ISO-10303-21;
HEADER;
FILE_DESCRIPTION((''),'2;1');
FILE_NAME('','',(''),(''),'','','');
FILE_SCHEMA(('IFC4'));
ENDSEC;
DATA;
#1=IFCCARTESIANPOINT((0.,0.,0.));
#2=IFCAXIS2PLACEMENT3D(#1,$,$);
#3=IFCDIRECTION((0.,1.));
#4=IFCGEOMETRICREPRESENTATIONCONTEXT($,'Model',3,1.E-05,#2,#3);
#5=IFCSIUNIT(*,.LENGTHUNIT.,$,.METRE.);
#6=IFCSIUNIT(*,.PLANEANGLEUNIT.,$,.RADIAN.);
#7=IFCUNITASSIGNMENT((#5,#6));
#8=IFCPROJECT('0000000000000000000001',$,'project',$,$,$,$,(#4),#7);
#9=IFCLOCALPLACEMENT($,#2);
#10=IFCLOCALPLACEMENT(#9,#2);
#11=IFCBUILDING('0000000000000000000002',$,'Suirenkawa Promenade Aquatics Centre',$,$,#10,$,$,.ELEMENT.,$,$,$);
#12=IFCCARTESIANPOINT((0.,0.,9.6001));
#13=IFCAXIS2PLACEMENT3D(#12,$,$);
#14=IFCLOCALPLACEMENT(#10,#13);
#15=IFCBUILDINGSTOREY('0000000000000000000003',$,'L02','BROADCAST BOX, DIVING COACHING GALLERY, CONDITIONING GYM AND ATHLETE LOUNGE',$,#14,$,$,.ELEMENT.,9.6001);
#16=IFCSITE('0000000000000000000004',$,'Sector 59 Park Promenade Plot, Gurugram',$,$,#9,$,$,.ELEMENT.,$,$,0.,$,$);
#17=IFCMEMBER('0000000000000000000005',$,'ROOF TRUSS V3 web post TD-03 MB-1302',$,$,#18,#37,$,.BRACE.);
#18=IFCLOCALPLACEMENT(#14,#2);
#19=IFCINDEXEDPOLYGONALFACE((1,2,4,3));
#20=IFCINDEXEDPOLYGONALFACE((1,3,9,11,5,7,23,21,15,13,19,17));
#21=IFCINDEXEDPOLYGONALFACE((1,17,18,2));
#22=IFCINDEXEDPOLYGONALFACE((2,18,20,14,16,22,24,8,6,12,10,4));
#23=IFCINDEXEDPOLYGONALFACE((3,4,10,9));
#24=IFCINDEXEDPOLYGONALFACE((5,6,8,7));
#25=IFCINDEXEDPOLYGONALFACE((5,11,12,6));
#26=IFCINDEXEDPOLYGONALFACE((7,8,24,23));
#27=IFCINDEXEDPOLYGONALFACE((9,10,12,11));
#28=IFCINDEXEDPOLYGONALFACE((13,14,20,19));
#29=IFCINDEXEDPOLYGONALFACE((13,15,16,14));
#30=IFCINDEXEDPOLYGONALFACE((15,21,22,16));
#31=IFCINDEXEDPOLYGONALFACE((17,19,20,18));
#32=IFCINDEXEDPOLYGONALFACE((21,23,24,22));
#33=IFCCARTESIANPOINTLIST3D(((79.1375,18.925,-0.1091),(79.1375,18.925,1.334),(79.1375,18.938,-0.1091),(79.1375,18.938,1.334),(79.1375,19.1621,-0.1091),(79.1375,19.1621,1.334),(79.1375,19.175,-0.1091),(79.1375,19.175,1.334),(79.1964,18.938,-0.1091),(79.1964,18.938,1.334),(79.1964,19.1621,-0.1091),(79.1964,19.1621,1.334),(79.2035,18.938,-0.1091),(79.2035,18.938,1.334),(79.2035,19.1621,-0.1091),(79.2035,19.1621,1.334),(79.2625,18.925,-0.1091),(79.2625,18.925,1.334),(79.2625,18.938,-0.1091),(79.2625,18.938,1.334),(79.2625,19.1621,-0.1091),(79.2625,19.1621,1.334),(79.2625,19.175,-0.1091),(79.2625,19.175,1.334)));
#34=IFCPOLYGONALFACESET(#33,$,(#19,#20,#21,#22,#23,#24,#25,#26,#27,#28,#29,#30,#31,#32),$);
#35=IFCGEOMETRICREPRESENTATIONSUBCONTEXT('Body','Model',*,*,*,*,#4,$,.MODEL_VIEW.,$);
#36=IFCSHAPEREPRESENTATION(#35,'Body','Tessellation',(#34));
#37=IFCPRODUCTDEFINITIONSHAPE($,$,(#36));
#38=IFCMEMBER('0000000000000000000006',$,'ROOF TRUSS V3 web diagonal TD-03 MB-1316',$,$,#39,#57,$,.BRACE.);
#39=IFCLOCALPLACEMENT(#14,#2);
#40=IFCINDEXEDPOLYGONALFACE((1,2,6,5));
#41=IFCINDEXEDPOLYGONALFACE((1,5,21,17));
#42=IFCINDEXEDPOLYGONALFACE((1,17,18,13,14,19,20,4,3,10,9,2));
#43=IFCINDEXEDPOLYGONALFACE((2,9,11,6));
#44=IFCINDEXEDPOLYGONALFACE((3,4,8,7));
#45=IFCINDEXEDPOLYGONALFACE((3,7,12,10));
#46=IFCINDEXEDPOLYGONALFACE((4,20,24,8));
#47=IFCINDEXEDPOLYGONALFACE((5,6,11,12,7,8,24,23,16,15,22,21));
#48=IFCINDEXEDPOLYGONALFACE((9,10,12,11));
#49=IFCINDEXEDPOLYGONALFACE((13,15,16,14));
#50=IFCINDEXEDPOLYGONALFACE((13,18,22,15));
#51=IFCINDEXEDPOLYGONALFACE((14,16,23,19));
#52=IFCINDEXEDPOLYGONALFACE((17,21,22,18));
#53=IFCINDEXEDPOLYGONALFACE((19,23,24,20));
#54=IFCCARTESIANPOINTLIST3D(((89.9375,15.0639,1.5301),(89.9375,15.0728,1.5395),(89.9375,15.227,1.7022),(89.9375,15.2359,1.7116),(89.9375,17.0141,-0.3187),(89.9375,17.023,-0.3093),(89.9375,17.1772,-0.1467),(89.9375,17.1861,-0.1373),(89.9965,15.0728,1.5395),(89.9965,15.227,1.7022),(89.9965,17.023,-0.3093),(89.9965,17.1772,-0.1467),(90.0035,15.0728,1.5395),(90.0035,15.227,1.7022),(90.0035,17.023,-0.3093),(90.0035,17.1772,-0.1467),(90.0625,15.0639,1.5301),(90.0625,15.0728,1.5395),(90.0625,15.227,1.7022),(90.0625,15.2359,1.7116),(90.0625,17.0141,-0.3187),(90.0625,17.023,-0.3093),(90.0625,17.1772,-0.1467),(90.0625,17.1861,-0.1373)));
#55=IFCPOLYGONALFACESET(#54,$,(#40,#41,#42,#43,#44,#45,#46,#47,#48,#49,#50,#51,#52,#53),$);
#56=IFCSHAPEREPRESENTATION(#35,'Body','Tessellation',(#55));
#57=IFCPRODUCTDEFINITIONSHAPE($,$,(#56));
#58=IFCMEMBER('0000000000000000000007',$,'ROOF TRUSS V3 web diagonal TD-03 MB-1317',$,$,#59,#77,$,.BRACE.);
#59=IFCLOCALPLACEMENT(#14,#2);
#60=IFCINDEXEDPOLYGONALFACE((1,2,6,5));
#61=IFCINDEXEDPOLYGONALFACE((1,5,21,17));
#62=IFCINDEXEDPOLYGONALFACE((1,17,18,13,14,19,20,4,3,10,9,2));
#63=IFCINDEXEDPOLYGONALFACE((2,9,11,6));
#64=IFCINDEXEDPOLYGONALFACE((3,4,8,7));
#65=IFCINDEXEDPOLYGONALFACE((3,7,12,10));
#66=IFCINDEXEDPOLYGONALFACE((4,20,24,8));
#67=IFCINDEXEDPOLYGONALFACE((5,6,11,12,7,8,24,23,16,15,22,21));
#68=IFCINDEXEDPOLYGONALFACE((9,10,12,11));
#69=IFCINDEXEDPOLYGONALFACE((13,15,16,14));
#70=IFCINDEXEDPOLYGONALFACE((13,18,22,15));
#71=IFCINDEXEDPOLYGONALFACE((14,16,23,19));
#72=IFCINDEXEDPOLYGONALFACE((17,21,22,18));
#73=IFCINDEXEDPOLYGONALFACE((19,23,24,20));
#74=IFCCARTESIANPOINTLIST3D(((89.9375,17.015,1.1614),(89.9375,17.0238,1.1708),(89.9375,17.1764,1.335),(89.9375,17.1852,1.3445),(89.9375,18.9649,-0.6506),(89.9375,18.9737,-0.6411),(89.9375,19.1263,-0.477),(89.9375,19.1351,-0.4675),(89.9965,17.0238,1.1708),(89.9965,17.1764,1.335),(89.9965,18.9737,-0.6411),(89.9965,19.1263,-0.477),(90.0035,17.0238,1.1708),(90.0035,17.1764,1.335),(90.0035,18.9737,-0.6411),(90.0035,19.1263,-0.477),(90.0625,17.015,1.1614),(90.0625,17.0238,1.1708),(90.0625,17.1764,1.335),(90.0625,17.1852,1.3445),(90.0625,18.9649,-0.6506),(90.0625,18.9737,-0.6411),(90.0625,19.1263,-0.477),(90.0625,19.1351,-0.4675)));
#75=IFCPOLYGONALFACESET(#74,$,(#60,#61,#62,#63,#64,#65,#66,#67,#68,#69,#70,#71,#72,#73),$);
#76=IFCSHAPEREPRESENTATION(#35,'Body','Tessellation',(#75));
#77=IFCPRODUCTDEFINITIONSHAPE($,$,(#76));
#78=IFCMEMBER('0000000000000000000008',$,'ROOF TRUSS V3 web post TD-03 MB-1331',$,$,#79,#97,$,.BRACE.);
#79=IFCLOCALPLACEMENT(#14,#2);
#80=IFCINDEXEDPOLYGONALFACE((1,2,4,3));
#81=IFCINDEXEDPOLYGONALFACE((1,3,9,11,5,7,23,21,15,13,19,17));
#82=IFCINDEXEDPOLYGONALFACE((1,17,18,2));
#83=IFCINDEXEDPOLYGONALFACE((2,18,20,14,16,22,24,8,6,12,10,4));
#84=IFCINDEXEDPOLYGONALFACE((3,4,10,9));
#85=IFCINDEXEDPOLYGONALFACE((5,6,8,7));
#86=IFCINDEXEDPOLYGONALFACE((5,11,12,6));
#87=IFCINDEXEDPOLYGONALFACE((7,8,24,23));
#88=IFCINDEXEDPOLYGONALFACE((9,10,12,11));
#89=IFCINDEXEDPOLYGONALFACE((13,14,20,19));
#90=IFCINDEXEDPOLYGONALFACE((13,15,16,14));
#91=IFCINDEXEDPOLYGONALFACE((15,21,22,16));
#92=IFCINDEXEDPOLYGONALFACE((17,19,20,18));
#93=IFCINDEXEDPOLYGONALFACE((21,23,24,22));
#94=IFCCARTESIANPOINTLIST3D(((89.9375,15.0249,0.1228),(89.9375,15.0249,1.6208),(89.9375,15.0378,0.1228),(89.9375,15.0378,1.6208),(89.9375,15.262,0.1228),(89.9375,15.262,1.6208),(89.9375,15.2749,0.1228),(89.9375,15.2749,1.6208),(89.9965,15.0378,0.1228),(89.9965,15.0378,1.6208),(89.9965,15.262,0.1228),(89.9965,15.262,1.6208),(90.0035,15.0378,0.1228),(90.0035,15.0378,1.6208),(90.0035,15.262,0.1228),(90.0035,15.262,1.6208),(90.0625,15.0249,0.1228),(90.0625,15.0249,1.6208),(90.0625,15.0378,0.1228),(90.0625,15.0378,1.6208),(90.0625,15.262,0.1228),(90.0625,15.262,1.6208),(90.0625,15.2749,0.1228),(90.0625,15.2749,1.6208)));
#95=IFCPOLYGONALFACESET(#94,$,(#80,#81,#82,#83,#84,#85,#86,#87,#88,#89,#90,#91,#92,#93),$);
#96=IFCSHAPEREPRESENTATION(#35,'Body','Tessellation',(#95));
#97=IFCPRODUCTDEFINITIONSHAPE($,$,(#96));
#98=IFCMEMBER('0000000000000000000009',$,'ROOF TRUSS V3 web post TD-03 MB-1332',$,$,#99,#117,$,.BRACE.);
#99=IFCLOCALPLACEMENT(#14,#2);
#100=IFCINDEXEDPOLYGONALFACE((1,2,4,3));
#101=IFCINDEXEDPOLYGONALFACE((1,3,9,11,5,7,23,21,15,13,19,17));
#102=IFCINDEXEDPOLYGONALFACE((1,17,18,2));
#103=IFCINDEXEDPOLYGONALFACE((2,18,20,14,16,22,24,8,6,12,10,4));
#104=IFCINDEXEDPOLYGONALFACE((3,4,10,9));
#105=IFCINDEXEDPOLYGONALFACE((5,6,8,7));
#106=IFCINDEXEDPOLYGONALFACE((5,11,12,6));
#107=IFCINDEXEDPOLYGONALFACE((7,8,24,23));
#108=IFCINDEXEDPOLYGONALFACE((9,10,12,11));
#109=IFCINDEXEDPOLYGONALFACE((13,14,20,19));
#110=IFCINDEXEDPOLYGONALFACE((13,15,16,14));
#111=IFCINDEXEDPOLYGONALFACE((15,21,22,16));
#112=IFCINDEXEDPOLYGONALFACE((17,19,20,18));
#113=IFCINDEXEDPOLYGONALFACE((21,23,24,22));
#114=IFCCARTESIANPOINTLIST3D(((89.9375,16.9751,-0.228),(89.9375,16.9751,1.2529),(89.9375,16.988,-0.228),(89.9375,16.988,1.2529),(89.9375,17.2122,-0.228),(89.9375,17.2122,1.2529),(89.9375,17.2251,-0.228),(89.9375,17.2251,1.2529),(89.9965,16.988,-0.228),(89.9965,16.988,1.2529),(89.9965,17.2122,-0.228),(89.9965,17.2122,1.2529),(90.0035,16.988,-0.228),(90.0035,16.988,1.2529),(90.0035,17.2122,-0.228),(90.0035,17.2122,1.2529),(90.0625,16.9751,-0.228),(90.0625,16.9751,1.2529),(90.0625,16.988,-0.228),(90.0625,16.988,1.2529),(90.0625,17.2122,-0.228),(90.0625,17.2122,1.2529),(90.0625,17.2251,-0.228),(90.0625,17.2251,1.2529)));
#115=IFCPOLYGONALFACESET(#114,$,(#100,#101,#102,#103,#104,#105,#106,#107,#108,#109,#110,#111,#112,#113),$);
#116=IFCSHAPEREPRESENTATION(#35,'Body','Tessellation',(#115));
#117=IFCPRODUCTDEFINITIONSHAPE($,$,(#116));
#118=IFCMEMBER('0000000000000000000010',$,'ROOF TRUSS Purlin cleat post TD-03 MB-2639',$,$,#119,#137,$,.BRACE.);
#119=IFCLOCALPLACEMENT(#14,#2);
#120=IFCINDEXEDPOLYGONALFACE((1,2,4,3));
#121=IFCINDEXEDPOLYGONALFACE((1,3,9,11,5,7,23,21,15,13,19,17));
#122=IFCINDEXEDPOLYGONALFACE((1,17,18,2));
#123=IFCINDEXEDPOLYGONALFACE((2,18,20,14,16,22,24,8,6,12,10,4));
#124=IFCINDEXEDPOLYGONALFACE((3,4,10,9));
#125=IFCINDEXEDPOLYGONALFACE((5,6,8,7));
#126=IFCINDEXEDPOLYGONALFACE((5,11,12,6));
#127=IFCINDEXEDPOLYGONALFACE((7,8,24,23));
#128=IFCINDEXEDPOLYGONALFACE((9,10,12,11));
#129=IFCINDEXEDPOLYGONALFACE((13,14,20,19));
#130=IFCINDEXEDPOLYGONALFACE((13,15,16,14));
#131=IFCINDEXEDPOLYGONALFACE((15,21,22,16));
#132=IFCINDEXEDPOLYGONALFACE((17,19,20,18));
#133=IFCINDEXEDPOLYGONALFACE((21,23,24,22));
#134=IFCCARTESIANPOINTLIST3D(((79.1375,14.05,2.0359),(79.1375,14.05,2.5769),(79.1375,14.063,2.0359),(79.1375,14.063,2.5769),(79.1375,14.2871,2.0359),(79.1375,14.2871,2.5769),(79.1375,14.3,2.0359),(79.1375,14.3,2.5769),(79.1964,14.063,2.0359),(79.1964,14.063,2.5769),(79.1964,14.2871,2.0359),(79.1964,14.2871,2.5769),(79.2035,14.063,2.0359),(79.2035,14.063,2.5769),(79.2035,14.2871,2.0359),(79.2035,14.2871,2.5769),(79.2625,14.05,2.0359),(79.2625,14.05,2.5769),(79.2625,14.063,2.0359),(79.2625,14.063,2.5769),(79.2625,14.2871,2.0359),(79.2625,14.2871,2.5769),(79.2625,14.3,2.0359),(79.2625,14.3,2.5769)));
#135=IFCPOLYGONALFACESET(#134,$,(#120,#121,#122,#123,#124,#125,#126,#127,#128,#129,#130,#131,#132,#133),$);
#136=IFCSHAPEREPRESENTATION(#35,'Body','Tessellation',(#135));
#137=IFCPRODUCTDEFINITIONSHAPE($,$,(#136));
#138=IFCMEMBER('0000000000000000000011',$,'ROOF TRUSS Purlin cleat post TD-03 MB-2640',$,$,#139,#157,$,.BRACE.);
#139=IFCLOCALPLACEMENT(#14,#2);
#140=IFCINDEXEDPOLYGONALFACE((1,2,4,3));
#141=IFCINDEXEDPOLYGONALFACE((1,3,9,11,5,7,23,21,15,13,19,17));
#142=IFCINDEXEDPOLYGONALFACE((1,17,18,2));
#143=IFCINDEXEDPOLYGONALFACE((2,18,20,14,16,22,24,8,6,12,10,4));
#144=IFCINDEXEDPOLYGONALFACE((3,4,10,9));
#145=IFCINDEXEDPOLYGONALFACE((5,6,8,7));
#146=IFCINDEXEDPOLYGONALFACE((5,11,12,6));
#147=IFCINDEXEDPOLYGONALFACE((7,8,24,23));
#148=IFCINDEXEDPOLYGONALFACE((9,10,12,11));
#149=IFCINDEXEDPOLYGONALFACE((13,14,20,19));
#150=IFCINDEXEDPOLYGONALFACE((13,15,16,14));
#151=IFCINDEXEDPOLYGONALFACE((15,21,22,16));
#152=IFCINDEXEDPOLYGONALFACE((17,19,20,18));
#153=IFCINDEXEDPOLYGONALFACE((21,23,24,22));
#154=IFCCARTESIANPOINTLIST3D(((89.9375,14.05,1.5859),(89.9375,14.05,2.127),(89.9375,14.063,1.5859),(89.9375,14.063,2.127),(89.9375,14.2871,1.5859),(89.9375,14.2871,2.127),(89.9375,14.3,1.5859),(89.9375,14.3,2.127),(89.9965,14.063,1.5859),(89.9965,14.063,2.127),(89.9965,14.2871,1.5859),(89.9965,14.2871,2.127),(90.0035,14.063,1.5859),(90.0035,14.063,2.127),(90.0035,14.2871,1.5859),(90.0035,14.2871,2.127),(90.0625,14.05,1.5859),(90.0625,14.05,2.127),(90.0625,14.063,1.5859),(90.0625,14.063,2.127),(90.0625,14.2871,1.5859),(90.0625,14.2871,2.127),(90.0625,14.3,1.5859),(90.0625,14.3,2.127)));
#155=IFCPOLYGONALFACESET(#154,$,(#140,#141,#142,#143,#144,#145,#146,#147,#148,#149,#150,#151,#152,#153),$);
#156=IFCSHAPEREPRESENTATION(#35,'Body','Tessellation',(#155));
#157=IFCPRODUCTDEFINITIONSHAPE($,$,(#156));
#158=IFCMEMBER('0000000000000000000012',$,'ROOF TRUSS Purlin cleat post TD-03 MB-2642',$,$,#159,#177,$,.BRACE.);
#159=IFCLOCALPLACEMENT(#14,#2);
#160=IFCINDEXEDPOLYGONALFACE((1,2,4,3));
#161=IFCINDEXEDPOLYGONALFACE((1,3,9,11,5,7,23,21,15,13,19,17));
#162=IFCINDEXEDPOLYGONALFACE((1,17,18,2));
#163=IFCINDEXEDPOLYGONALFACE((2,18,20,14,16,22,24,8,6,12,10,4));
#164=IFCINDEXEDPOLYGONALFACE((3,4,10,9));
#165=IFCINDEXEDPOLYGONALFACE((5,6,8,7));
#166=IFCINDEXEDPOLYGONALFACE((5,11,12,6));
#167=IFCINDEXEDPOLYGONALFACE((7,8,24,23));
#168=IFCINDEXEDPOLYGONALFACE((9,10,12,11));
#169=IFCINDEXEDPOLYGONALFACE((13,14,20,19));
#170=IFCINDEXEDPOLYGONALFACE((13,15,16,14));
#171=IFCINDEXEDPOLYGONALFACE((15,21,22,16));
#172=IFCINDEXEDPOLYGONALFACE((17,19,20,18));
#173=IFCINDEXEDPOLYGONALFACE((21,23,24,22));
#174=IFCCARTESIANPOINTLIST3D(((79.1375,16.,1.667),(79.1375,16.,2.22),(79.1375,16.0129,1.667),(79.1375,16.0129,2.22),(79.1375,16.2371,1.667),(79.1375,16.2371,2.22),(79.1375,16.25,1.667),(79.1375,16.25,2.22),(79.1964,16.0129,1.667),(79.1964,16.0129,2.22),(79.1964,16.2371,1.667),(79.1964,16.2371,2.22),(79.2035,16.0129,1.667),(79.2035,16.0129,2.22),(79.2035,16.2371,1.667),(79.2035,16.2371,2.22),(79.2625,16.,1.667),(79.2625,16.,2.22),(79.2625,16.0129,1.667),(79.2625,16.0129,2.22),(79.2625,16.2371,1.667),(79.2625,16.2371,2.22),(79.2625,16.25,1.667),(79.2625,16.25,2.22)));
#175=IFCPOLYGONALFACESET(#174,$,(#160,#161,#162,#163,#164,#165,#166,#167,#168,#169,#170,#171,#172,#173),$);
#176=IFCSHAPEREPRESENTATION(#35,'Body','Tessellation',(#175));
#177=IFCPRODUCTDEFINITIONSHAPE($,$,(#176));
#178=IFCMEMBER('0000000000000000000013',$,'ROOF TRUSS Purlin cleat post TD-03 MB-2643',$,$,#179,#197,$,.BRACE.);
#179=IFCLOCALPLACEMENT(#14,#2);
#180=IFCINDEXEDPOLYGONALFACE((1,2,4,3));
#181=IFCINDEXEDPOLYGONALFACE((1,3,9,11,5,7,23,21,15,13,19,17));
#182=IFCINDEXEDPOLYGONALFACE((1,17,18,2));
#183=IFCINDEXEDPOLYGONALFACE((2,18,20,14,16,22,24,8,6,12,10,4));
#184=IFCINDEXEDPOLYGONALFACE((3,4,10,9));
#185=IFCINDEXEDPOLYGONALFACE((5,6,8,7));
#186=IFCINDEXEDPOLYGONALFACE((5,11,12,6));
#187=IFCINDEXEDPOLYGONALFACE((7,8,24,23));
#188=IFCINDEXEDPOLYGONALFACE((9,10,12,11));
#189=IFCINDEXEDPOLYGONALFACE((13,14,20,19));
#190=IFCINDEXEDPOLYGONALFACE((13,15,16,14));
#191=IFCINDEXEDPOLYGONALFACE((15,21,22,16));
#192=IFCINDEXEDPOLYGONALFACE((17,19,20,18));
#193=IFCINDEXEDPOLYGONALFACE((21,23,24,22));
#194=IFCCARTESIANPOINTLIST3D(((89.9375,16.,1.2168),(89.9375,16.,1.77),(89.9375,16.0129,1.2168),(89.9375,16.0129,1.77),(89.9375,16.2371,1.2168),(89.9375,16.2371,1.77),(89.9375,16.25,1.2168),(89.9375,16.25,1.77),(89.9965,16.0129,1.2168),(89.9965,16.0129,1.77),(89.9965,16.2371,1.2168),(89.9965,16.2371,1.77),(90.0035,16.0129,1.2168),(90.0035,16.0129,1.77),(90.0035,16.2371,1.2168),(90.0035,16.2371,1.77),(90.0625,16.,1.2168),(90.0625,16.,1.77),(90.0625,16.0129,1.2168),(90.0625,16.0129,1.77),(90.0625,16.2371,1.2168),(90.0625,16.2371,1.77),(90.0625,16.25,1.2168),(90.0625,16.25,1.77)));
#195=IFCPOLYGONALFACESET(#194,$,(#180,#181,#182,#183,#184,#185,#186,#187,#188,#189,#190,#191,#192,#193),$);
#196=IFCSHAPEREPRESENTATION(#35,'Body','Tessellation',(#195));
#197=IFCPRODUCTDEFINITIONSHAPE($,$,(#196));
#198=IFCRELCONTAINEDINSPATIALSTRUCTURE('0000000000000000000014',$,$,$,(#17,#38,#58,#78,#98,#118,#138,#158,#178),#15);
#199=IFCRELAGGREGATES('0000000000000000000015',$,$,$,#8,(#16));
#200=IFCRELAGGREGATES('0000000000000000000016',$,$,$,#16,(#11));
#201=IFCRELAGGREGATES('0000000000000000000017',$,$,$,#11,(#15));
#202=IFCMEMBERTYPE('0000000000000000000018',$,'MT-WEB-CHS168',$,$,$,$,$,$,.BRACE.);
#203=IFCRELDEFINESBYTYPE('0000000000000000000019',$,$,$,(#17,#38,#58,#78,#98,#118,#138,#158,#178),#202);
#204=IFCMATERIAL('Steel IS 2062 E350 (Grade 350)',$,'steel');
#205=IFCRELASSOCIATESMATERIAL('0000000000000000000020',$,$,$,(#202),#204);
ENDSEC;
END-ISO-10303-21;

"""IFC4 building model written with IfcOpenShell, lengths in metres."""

from ifc_helpers import new_model, si_unit, direction, frame, origin, origin_2d, place, context, subcontext, project, spatial, i_section, extrude, material, material_profile, profile_set, type_object, element, save


model = new_model("IFC4")

# Units and contexts
model_context = context("Model", 3, precision=1e-05, world=origin(), true_north=direction((0.0, 1.0)))
body_context = subcontext(model_context, "Body", "Model", "MODEL_VIEW")
ifc_project = project(units=[si_unit("LENGTHUNIT", "METRE"), si_unit("PLANEANGLEUNIT", "RADIAN")], contexts=[model_context])

# Site, building, storey
site_placement = place(None, origin())
site = spatial("IfcSite", under=ifc_project, at=site_placement, Name="Sector 59 Park Promenade Plot, Gurugram", CompositionType="ELEMENT", RefElevation=0.0)
building_placement = place(site_placement, origin())
building = spatial("IfcBuilding", under=site, at=building_placement, Name="Suirenkawa Promenade Aquatics Centre", CompositionType="ELEMENT")
storey_placement = place(building_placement, frame((0.0, 0.0, 9.6001)))
storey = spatial("IfcBuildingStorey", under=building, at=storey_placement, Name="L02", Description="BROADCAST BOX, DIVING COACHING GALLERY, CONDITIONING GYM AND ATHLETE LOUNGE", CompositionType="ELEMENT", Elevation=9.6001)

# Shared definitions
ifc_material = material(Name="Steel IS 2062 E350 (Grade 350)", Category="steel")

# Members
ifc_material_profile_1 = material_profile(ifc_material, i_section(OverallWidth=0.125, OverallDepth=0.25, WebThickness=0.0071, FlangeThickness=0.0129, at=origin_2d()), Name="ISMB 250", Category="steel")
ifc_profile_set_1 = profile_set([ifc_material_profile_1], Name="Steel IS 2062 E350 (Grade 350)")
member_type_1 = type_object("IfcMemberType", Name="MT-WEB-CHS168", PredefinedType="BRACE", material=ifc_profile_set_1)
member_1_placement = place(storey_placement, frame((79.2, 19.05, -0.1091), z_axis=(0.0, 0.0, 1.0), x_axis=(1.0, 0.0, 0.0)))
element("IfcMember", 1, at=member_1_placement, inside=storey, type_object=member_type_1, Name="ROOF TRUSS V3 web post TD-03 MB-1302", PredefinedType="BRACE", context=body_context, shape_type="SweptSolid", body=[
    extrude(i_section(OverallWidth=0.125, OverallDepth=0.25, WebThickness=0.0071, FlangeThickness=0.0129, at=origin_2d()), origin(), (0.0, 0.0, 1.0), 1.4431),
])
member_2_placement = place(storey_placement, frame((90.0, 15.1499, 1.6208), z_axis=(0.0, 0.725707, -0.688004), x_axis=(-1.0, 0.0, 0.0)))
element("IfcMember", 2, at=member_2_placement, inside=storey, type_object=member_type_1, Name="ROOF TRUSS V3 web diagonal TD-03 MB-1316", PredefinedType="BRACE", context=body_context, shape_type="SweptSolid", body=[
    extrude(i_section(OverallWidth=0.125, OverallDepth=0.25, WebThickness=0.0071, FlangeThickness=0.0129, at=origin_2d()), origin(), (0.0, 0.0, 1.0), 2.6873),
])
member_3_placement = place(storey_placement, frame((90.0, 17.1001, 1.2529), z_axis=(0.0, 0.732542, -0.680722), x_axis=(-1.0, 0.0, 0.0)))
element("IfcMember", 3, at=member_3_placement, inside=storey, type_object=member_type_1, Name="ROOF TRUSS V3 web diagonal TD-03 MB-1317", PredefinedType="BRACE", context=body_context, shape_type="SweptSolid", body=[
    extrude(i_section(OverallWidth=0.125, OverallDepth=0.25, WebThickness=0.0071, FlangeThickness=0.0129, at=origin_2d()), origin(), (0.0, 0.0, 1.0), 2.6619),
])
member_4_placement = place(storey_placement, frame((90.0, 15.1499, 0.1228), z_axis=(0.0, 0.0, 1.0), x_axis=(1.0, 0.0, 0.0)))
element("IfcMember", 4, at=member_4_placement, inside=storey, type_object=member_type_1, Name="ROOF TRUSS V3 web post TD-03 MB-1331", PredefinedType="BRACE", context=body_context, shape_type="SweptSolid", body=[
    extrude(i_section(OverallWidth=0.125, OverallDepth=0.25, WebThickness=0.0071, FlangeThickness=0.0129, at=origin_2d()), origin(), (0.0, 0.0, 1.0), 1.498),
])
member_5_placement = place(storey_placement, frame((90.0, 17.1001, -0.228), z_axis=(0.0, 0.0, 1.0), x_axis=(1.0, 0.0, 0.0)))
element("IfcMember", 5, at=member_5_placement, inside=storey, type_object=member_type_1, Name="ROOF TRUSS V3 web post TD-03 MB-1332", PredefinedType="BRACE", context=body_context, shape_type="SweptSolid", body=[
    extrude(i_section(OverallWidth=0.125, OverallDepth=0.25, WebThickness=0.0071, FlangeThickness=0.0129, at=origin_2d()), origin(), (0.0, 0.0, 1.0), 1.481),
])
for number, where, z_axis, x_axis, name in (
    (6, (79.2, 14.175, 2.0359), (0.0, 0.0, 1.0), (1.0, 0.0, 0.0), "ROOF TRUSS Purlin cleat post TD-03 MB-2639"),
    (7, (90.0, 14.175, 1.5859), (0.0, 0.0, 1.0), (1.0, 0.0, 0.0), "ROOF TRUSS Purlin cleat post TD-03 MB-2640"),
):
    element("IfcMember", number, at=place(storey_placement, frame(where, z_axis=z_axis, x_axis=x_axis)), inside=storey, type_object=member_type_1, Name=name, PredefinedType="BRACE", context=body_context, shape_type="SweptSolid", body=[
        extrude(i_section(OverallWidth=0.125, OverallDepth=0.25, WebThickness=0.0071, FlangeThickness=0.0129, at=origin_2d()), origin(), (0.0, 0.0, 1.0), 0.541),
    ])
member_6_placement = place(storey_placement, frame((79.2, 16.125, 1.667), z_axis=(0.0, 0.0, 1.0), x_axis=(1.0, 0.0, 0.0)))
element("IfcMember", 8, at=member_6_placement, inside=storey, type_object=member_type_1, Name="ROOF TRUSS Purlin cleat post TD-03 MB-2642", PredefinedType="BRACE", context=body_context, shape_type="SweptSolid", body=[
    extrude(i_section(OverallWidth=0.125, OverallDepth=0.25, WebThickness=0.0071, FlangeThickness=0.0129, at=origin_2d()), origin(), (0.0, 0.0, 1.0), 0.553),
])
member_7_placement = place(storey_placement, frame((90.0, 16.125, 1.2168), z_axis=(0.0, 0.0, 1.0), x_axis=(1.0, 0.0, 0.0)))
element("IfcMember", 9, at=member_7_placement, inside=storey, type_object=member_type_1, Name="ROOF TRUSS Purlin cleat post TD-03 MB-2643", PredefinedType="BRACE", context=body_context, shape_type="SweptSolid", body=[
    extrude(i_section(OverallWidth=0.125, OverallDepth=0.25, WebThickness=0.0071, FlangeThickness=0.0129, at=origin_2d()), origin(), (0.0, 0.0, 1.0), 0.5532),
])

save(model, "model.ifc")
